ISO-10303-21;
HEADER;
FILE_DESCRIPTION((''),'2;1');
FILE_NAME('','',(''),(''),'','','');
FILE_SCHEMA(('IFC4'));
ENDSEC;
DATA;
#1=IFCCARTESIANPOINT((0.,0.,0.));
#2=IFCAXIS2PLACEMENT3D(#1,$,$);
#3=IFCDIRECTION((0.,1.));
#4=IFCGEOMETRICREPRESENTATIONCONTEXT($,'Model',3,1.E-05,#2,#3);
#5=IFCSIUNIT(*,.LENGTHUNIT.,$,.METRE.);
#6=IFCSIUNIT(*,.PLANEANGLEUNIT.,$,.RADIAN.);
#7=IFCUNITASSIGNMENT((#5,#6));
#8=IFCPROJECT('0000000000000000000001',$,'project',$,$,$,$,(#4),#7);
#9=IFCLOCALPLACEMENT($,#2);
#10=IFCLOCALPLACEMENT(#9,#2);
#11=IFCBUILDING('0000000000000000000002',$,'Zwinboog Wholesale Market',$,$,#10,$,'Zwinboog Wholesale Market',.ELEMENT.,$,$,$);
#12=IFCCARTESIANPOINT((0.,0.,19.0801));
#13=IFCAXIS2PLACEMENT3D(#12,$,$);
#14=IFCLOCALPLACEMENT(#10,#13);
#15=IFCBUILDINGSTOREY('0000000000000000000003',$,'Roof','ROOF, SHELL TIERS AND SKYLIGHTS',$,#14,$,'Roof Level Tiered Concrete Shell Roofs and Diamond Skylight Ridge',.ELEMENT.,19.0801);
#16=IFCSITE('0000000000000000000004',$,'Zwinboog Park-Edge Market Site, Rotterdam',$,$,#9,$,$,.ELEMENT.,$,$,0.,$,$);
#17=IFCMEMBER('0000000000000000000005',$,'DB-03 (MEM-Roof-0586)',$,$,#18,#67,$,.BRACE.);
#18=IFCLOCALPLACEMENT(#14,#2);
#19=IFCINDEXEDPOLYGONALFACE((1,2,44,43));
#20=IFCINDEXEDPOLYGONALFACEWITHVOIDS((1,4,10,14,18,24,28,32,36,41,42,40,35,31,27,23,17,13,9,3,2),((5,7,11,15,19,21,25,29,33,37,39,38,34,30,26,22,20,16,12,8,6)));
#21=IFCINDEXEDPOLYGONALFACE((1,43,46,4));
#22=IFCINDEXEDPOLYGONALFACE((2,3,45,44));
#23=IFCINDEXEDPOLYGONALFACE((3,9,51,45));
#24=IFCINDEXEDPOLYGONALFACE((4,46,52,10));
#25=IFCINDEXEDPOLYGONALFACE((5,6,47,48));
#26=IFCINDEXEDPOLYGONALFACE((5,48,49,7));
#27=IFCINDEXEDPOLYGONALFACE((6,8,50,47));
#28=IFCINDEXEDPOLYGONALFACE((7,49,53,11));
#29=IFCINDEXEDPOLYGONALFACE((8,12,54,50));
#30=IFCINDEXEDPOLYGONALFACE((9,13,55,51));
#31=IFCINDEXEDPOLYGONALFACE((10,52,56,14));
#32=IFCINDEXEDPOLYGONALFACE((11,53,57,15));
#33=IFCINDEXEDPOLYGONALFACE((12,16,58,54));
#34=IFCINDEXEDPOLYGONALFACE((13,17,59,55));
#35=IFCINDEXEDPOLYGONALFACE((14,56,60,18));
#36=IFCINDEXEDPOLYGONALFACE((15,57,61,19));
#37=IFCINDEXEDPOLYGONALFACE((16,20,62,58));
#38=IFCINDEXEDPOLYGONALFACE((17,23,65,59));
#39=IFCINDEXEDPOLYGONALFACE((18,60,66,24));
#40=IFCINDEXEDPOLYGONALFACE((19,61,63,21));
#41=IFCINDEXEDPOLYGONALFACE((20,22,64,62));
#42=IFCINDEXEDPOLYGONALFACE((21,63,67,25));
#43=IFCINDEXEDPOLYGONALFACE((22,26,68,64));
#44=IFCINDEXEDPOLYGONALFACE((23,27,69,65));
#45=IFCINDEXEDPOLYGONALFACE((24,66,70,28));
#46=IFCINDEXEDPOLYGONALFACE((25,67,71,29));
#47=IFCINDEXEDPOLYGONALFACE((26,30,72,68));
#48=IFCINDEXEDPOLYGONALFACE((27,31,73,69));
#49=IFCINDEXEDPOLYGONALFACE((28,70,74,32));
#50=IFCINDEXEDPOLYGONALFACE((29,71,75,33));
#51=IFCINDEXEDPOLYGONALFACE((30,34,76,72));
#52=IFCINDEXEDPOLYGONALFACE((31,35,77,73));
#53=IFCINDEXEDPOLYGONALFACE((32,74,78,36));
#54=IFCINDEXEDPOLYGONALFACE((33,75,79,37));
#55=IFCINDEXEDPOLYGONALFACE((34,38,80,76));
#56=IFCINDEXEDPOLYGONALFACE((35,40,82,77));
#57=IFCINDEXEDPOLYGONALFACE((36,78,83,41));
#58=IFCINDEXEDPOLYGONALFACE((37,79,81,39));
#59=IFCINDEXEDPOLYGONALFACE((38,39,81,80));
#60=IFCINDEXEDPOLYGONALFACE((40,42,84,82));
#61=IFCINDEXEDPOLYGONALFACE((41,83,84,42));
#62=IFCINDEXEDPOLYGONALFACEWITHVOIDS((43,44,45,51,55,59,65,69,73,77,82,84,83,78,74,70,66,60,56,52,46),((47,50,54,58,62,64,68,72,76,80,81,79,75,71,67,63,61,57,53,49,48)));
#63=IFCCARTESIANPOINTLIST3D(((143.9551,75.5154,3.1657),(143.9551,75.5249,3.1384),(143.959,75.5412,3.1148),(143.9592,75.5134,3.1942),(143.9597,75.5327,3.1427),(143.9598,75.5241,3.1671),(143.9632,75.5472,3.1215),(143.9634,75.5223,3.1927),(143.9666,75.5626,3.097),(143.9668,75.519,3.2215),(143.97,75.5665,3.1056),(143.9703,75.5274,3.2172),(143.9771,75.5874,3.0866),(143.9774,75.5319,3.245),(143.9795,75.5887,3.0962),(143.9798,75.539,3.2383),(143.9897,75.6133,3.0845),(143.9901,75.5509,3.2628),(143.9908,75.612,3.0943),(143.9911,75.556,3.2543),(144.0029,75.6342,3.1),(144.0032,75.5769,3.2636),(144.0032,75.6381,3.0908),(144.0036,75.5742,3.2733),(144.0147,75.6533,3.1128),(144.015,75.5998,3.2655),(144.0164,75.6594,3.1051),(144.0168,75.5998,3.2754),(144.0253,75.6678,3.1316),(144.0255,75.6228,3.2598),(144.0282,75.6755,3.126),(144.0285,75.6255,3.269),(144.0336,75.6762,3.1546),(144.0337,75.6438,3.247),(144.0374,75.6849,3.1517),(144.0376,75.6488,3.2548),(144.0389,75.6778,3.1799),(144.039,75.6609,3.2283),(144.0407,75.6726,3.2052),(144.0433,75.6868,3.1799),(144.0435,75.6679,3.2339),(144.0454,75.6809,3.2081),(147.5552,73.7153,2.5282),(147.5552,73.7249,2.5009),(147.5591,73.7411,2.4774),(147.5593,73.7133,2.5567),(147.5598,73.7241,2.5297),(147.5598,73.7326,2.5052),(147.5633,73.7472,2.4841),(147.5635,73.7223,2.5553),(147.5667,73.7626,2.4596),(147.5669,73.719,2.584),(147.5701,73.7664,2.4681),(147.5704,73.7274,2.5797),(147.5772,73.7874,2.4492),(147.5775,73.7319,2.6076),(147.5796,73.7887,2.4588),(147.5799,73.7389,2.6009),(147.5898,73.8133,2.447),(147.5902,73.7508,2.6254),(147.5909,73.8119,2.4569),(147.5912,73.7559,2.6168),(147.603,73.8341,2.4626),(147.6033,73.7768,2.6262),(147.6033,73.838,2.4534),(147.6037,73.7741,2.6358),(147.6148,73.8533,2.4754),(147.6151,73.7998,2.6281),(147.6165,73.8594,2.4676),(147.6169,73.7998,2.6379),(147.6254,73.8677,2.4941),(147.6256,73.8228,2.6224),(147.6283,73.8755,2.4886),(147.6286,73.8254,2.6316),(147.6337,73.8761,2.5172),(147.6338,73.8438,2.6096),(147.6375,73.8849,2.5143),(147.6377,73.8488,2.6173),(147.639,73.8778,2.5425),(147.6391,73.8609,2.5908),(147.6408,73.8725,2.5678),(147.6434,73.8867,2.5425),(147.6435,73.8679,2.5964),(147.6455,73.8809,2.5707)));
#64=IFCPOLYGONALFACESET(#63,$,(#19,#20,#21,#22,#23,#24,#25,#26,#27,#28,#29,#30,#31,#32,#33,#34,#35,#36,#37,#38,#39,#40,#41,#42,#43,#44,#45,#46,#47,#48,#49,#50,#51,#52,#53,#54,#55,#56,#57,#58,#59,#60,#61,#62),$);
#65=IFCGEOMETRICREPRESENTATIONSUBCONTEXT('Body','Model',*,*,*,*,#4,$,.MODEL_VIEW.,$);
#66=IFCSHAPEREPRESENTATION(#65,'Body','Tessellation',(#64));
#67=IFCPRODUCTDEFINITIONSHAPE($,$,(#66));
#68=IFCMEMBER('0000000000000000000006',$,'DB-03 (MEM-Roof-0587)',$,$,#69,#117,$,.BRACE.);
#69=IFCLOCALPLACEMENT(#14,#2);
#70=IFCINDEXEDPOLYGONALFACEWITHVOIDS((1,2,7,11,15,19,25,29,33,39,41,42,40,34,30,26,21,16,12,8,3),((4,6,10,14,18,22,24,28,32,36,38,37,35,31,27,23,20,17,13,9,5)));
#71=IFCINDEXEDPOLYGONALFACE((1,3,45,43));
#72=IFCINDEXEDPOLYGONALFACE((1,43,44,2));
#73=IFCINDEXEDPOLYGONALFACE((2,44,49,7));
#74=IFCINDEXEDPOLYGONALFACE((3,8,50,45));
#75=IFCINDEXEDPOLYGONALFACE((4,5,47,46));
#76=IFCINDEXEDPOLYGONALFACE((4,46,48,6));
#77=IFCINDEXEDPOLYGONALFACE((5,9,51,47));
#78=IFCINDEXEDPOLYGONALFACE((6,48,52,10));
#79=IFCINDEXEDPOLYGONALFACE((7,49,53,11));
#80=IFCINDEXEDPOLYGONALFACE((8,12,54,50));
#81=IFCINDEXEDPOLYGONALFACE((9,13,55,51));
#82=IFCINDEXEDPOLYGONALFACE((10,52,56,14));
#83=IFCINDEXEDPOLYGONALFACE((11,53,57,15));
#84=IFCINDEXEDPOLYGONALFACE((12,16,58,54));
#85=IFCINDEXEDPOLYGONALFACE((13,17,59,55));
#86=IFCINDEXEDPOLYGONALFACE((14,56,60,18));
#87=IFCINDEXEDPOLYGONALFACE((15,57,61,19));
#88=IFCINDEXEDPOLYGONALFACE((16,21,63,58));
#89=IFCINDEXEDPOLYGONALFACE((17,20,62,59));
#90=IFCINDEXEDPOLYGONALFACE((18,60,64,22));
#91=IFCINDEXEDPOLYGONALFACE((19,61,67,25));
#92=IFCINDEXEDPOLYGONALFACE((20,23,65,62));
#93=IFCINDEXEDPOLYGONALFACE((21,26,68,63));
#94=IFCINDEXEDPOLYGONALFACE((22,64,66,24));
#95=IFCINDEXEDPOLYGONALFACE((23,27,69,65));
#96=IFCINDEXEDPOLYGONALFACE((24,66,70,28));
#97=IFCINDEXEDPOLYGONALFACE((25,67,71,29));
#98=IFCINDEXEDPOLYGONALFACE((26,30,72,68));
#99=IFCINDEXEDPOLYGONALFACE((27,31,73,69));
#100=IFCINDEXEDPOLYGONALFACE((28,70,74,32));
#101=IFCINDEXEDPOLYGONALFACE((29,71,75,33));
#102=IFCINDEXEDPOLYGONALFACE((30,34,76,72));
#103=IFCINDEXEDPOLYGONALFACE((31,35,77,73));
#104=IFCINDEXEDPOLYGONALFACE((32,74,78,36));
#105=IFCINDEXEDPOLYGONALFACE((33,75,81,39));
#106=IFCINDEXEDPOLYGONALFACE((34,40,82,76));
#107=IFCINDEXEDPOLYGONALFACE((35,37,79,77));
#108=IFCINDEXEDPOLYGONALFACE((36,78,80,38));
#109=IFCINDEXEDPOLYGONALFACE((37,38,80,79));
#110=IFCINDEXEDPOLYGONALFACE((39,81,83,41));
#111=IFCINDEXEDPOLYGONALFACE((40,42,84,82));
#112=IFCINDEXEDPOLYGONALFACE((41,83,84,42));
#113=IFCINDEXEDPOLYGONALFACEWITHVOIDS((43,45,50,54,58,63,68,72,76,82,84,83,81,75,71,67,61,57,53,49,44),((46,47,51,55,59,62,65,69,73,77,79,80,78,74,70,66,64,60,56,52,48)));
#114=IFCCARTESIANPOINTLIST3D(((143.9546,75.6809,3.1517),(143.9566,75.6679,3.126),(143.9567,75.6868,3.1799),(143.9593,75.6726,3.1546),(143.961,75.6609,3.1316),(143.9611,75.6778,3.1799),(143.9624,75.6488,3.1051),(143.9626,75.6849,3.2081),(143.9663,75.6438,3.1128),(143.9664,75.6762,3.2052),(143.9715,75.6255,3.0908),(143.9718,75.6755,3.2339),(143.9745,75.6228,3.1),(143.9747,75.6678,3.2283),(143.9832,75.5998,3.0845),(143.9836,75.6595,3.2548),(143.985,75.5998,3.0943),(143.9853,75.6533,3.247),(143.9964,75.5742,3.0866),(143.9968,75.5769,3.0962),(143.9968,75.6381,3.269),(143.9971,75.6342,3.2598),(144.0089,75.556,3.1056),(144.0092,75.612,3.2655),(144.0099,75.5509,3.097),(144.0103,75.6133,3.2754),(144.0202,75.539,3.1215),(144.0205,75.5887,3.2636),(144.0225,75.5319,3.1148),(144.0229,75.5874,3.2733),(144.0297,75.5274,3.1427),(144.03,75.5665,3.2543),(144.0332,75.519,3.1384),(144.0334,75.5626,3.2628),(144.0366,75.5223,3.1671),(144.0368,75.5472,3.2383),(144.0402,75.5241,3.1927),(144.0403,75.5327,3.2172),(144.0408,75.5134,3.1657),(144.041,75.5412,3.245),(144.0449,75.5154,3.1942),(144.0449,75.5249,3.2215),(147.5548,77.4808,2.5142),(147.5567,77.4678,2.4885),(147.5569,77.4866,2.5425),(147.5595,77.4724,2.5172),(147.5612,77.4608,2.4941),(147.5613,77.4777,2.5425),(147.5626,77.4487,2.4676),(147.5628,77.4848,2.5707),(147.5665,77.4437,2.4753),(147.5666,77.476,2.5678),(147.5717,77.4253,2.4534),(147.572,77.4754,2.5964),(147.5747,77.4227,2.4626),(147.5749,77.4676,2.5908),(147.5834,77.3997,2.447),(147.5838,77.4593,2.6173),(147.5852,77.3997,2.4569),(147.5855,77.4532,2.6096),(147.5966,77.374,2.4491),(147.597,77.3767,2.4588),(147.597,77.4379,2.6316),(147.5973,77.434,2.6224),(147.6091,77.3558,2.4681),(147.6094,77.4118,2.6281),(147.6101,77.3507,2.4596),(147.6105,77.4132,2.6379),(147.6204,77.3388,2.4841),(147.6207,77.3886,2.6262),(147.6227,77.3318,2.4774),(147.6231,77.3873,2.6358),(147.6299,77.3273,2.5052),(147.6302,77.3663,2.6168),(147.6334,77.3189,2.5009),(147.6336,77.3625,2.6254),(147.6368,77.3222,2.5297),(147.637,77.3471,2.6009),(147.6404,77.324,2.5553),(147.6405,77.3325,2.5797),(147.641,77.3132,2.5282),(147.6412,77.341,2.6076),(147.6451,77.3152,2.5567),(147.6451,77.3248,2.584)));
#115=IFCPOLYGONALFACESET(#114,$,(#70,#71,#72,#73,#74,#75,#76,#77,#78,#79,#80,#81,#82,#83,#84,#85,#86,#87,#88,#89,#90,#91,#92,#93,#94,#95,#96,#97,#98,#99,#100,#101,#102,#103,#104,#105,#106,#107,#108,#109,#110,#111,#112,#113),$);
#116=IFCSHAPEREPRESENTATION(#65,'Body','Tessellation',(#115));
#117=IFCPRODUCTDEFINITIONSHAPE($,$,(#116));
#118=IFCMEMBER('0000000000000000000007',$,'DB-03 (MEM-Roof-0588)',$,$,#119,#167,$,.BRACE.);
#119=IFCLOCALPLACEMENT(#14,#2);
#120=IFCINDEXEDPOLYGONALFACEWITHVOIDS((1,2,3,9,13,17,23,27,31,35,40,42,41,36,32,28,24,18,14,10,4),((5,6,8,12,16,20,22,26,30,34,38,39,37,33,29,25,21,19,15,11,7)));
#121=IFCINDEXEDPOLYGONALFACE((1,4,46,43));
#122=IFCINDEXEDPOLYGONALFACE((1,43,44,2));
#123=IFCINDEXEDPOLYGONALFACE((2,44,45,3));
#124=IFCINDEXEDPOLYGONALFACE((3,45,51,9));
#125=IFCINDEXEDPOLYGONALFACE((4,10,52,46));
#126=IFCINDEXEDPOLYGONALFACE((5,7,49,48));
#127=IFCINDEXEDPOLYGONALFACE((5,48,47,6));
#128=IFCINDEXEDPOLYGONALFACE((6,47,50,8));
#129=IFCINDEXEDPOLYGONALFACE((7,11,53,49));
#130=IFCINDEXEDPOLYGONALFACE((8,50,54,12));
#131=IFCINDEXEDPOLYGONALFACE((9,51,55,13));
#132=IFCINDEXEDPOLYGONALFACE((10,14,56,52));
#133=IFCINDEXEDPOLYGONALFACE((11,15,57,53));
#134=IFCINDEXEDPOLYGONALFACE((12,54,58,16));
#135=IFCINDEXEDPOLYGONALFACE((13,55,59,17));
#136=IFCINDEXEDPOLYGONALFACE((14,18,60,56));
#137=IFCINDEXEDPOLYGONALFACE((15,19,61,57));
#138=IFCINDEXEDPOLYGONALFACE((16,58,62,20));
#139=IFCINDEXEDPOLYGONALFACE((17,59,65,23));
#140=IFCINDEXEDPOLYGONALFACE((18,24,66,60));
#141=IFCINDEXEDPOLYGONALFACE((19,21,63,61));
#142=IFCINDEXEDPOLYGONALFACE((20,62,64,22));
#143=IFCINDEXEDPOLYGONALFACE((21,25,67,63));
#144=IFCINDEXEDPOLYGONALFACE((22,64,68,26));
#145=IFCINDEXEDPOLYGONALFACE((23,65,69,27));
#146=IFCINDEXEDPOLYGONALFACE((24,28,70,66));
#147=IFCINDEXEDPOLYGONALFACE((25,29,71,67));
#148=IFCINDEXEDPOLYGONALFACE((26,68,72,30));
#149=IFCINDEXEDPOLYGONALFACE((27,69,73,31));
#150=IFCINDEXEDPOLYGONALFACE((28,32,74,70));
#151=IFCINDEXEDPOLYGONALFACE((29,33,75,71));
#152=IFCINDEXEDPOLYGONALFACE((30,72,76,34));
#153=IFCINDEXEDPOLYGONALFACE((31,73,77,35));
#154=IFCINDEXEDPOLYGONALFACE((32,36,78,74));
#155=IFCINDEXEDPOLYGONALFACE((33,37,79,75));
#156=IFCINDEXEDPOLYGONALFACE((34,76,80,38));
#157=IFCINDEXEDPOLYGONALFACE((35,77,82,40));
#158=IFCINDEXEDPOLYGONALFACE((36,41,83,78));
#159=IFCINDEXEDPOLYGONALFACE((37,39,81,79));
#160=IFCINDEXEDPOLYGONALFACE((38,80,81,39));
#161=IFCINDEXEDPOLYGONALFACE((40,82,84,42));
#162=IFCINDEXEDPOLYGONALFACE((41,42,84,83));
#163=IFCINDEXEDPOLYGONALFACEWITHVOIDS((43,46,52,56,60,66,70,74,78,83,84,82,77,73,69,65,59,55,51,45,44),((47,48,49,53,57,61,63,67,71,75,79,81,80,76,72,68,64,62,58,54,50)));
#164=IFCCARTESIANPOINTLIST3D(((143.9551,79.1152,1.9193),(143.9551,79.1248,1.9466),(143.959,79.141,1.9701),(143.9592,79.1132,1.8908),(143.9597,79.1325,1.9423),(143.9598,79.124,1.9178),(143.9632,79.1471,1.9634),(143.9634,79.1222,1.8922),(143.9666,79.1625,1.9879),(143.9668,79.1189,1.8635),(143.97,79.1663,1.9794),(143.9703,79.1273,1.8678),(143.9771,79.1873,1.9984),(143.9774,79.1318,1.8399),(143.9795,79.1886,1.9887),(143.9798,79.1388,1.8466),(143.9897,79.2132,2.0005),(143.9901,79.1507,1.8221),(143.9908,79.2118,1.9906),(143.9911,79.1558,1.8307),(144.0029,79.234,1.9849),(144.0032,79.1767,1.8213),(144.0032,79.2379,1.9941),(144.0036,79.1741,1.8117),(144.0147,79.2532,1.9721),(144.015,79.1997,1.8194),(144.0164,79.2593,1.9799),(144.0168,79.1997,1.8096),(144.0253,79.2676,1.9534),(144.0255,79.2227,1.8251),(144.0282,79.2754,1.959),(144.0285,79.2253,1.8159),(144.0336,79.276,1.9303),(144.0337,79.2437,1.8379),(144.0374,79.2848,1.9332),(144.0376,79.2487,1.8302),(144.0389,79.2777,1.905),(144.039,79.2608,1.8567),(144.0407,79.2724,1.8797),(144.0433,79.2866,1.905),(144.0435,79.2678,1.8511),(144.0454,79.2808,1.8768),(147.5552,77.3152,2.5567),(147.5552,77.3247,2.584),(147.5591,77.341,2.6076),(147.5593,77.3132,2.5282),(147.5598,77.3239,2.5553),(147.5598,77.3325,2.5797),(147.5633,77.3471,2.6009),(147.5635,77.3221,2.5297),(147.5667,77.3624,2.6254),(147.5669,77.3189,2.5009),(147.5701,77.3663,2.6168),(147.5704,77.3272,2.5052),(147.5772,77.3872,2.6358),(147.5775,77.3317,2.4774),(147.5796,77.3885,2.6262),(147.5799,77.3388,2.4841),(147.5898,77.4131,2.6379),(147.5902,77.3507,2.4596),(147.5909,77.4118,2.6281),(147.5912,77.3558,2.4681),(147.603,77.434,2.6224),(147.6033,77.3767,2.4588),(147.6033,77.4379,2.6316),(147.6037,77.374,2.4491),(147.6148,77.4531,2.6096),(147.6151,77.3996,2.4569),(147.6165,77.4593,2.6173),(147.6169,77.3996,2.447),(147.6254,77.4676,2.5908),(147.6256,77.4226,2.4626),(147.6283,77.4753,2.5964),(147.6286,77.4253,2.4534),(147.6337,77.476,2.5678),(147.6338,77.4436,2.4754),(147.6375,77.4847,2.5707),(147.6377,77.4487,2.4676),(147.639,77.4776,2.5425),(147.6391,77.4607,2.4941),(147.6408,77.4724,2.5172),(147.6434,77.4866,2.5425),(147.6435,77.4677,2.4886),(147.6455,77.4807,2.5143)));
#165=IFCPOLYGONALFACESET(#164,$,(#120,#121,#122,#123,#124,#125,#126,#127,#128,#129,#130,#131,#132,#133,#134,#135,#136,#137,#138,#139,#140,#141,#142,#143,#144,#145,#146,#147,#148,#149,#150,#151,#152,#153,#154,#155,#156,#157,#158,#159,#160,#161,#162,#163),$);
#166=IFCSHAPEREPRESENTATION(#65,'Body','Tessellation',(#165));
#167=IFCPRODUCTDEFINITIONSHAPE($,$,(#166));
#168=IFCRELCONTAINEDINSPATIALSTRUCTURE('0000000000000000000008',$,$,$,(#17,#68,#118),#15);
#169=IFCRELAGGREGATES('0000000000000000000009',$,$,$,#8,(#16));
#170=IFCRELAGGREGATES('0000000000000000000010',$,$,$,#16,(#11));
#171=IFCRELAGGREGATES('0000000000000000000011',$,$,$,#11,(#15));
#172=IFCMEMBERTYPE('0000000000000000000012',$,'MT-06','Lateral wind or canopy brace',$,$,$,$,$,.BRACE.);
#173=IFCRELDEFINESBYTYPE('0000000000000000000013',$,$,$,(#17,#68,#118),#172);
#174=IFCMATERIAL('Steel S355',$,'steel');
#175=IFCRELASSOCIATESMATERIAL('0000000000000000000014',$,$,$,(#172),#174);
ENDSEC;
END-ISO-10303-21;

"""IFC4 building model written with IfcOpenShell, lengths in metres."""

from ifc_helpers import new_model, si_unit, direction, frame, origin, origin_2d, place, context, subcontext, project, spatial, hollow_circle, extrude, material, material_profile, profile_set, type_object, element, save


model = new_model("IFC4")

# Units and contexts
model_context = context("Model", 3, precision=1e-05, world=origin(), true_north=direction((0.0, 1.0)))
body_context = subcontext(model_context, "Body", "Model", "MODEL_VIEW")
ifc_project = project(units=[si_unit("LENGTHUNIT", "METRE"), si_unit("PLANEANGLEUNIT", "RADIAN")], contexts=[model_context])

# Site, building, storey
site_placement = place(None, origin())
site = spatial("IfcSite", under=ifc_project, at=site_placement, Name="Zwinboog Park-Edge Market Site, Rotterdam", CompositionType="ELEMENT", RefElevation=0.0)
building_placement = place(site_placement, origin())
building = spatial("IfcBuilding", under=site, at=building_placement, Name="Zwinboog Wholesale Market", LongName="Zwinboog Wholesale Market", CompositionType="ELEMENT")
storey_placement = place(building_placement, frame((0.0, 0.0, 19.0801)))
storey = spatial("IfcBuildingStorey", under=building, at=storey_placement, Name="Roof", Description="ROOF, SHELL TIERS AND SKYLIGHTS", LongName="Roof Level Tiered Concrete Shell Roofs and Diamond Skylight Ridge", CompositionType="ELEMENT", Elevation=19.0801)

# Members
ifc_material_1 = material(Name="Steel S355", Category="steel")
ifc_material_profile_1 = material_profile(ifc_material_1, hollow_circle(Radius=0.0969, WallThickness=0.01, at=origin_2d()), Name="CHS 193.7x10")
ifc_profile_set_1 = profile_set([ifc_material_profile_1], Name="Steel S355")
member_type_1 = type_object("IfcMemberType", Name="MT-06", Description="Lateral wind or canopy brace", PredefinedType="BRACE", material=ifc_profile_set_1)
for number, where, z_axis, x_axis, name in (
    (1, (144.0, 75.6001, 3.1799), (0.883417, -0.441709, -0.156422), (0.447214, 0.894427, 0.0), "DB-03 (MEM-Roof-0586)"),
    (2, (144.0, 75.6001, 3.1799), (0.88344, 0.44166, -0.156426), (-0.447165, 0.894451, 0.0), "DB-03 (MEM-Roof-0587)"),
    (3, (144.0, 79.2, 1.905), (0.883417, -0.441709, 0.156422), (0.447214, 0.894427, 0.0), "DB-03 (MEM-Roof-0588)"),
):
    element("IfcMember", number, at=place(storey_placement, frame(where, z_axis=z_axis, x_axis=x_axis)), inside=storey, type_object=member_type_1, Name=name, PredefinedType="BRACE", context=body_context, shape_type="SweptSolid", body=[
        extrude(hollow_circle(Radius=0.0969, WallThickness=0.01, at=origin_2d()), origin(), (0.0, 0.0, 1.0), 4.0752),
    ])

save(model, "model.ifc")
